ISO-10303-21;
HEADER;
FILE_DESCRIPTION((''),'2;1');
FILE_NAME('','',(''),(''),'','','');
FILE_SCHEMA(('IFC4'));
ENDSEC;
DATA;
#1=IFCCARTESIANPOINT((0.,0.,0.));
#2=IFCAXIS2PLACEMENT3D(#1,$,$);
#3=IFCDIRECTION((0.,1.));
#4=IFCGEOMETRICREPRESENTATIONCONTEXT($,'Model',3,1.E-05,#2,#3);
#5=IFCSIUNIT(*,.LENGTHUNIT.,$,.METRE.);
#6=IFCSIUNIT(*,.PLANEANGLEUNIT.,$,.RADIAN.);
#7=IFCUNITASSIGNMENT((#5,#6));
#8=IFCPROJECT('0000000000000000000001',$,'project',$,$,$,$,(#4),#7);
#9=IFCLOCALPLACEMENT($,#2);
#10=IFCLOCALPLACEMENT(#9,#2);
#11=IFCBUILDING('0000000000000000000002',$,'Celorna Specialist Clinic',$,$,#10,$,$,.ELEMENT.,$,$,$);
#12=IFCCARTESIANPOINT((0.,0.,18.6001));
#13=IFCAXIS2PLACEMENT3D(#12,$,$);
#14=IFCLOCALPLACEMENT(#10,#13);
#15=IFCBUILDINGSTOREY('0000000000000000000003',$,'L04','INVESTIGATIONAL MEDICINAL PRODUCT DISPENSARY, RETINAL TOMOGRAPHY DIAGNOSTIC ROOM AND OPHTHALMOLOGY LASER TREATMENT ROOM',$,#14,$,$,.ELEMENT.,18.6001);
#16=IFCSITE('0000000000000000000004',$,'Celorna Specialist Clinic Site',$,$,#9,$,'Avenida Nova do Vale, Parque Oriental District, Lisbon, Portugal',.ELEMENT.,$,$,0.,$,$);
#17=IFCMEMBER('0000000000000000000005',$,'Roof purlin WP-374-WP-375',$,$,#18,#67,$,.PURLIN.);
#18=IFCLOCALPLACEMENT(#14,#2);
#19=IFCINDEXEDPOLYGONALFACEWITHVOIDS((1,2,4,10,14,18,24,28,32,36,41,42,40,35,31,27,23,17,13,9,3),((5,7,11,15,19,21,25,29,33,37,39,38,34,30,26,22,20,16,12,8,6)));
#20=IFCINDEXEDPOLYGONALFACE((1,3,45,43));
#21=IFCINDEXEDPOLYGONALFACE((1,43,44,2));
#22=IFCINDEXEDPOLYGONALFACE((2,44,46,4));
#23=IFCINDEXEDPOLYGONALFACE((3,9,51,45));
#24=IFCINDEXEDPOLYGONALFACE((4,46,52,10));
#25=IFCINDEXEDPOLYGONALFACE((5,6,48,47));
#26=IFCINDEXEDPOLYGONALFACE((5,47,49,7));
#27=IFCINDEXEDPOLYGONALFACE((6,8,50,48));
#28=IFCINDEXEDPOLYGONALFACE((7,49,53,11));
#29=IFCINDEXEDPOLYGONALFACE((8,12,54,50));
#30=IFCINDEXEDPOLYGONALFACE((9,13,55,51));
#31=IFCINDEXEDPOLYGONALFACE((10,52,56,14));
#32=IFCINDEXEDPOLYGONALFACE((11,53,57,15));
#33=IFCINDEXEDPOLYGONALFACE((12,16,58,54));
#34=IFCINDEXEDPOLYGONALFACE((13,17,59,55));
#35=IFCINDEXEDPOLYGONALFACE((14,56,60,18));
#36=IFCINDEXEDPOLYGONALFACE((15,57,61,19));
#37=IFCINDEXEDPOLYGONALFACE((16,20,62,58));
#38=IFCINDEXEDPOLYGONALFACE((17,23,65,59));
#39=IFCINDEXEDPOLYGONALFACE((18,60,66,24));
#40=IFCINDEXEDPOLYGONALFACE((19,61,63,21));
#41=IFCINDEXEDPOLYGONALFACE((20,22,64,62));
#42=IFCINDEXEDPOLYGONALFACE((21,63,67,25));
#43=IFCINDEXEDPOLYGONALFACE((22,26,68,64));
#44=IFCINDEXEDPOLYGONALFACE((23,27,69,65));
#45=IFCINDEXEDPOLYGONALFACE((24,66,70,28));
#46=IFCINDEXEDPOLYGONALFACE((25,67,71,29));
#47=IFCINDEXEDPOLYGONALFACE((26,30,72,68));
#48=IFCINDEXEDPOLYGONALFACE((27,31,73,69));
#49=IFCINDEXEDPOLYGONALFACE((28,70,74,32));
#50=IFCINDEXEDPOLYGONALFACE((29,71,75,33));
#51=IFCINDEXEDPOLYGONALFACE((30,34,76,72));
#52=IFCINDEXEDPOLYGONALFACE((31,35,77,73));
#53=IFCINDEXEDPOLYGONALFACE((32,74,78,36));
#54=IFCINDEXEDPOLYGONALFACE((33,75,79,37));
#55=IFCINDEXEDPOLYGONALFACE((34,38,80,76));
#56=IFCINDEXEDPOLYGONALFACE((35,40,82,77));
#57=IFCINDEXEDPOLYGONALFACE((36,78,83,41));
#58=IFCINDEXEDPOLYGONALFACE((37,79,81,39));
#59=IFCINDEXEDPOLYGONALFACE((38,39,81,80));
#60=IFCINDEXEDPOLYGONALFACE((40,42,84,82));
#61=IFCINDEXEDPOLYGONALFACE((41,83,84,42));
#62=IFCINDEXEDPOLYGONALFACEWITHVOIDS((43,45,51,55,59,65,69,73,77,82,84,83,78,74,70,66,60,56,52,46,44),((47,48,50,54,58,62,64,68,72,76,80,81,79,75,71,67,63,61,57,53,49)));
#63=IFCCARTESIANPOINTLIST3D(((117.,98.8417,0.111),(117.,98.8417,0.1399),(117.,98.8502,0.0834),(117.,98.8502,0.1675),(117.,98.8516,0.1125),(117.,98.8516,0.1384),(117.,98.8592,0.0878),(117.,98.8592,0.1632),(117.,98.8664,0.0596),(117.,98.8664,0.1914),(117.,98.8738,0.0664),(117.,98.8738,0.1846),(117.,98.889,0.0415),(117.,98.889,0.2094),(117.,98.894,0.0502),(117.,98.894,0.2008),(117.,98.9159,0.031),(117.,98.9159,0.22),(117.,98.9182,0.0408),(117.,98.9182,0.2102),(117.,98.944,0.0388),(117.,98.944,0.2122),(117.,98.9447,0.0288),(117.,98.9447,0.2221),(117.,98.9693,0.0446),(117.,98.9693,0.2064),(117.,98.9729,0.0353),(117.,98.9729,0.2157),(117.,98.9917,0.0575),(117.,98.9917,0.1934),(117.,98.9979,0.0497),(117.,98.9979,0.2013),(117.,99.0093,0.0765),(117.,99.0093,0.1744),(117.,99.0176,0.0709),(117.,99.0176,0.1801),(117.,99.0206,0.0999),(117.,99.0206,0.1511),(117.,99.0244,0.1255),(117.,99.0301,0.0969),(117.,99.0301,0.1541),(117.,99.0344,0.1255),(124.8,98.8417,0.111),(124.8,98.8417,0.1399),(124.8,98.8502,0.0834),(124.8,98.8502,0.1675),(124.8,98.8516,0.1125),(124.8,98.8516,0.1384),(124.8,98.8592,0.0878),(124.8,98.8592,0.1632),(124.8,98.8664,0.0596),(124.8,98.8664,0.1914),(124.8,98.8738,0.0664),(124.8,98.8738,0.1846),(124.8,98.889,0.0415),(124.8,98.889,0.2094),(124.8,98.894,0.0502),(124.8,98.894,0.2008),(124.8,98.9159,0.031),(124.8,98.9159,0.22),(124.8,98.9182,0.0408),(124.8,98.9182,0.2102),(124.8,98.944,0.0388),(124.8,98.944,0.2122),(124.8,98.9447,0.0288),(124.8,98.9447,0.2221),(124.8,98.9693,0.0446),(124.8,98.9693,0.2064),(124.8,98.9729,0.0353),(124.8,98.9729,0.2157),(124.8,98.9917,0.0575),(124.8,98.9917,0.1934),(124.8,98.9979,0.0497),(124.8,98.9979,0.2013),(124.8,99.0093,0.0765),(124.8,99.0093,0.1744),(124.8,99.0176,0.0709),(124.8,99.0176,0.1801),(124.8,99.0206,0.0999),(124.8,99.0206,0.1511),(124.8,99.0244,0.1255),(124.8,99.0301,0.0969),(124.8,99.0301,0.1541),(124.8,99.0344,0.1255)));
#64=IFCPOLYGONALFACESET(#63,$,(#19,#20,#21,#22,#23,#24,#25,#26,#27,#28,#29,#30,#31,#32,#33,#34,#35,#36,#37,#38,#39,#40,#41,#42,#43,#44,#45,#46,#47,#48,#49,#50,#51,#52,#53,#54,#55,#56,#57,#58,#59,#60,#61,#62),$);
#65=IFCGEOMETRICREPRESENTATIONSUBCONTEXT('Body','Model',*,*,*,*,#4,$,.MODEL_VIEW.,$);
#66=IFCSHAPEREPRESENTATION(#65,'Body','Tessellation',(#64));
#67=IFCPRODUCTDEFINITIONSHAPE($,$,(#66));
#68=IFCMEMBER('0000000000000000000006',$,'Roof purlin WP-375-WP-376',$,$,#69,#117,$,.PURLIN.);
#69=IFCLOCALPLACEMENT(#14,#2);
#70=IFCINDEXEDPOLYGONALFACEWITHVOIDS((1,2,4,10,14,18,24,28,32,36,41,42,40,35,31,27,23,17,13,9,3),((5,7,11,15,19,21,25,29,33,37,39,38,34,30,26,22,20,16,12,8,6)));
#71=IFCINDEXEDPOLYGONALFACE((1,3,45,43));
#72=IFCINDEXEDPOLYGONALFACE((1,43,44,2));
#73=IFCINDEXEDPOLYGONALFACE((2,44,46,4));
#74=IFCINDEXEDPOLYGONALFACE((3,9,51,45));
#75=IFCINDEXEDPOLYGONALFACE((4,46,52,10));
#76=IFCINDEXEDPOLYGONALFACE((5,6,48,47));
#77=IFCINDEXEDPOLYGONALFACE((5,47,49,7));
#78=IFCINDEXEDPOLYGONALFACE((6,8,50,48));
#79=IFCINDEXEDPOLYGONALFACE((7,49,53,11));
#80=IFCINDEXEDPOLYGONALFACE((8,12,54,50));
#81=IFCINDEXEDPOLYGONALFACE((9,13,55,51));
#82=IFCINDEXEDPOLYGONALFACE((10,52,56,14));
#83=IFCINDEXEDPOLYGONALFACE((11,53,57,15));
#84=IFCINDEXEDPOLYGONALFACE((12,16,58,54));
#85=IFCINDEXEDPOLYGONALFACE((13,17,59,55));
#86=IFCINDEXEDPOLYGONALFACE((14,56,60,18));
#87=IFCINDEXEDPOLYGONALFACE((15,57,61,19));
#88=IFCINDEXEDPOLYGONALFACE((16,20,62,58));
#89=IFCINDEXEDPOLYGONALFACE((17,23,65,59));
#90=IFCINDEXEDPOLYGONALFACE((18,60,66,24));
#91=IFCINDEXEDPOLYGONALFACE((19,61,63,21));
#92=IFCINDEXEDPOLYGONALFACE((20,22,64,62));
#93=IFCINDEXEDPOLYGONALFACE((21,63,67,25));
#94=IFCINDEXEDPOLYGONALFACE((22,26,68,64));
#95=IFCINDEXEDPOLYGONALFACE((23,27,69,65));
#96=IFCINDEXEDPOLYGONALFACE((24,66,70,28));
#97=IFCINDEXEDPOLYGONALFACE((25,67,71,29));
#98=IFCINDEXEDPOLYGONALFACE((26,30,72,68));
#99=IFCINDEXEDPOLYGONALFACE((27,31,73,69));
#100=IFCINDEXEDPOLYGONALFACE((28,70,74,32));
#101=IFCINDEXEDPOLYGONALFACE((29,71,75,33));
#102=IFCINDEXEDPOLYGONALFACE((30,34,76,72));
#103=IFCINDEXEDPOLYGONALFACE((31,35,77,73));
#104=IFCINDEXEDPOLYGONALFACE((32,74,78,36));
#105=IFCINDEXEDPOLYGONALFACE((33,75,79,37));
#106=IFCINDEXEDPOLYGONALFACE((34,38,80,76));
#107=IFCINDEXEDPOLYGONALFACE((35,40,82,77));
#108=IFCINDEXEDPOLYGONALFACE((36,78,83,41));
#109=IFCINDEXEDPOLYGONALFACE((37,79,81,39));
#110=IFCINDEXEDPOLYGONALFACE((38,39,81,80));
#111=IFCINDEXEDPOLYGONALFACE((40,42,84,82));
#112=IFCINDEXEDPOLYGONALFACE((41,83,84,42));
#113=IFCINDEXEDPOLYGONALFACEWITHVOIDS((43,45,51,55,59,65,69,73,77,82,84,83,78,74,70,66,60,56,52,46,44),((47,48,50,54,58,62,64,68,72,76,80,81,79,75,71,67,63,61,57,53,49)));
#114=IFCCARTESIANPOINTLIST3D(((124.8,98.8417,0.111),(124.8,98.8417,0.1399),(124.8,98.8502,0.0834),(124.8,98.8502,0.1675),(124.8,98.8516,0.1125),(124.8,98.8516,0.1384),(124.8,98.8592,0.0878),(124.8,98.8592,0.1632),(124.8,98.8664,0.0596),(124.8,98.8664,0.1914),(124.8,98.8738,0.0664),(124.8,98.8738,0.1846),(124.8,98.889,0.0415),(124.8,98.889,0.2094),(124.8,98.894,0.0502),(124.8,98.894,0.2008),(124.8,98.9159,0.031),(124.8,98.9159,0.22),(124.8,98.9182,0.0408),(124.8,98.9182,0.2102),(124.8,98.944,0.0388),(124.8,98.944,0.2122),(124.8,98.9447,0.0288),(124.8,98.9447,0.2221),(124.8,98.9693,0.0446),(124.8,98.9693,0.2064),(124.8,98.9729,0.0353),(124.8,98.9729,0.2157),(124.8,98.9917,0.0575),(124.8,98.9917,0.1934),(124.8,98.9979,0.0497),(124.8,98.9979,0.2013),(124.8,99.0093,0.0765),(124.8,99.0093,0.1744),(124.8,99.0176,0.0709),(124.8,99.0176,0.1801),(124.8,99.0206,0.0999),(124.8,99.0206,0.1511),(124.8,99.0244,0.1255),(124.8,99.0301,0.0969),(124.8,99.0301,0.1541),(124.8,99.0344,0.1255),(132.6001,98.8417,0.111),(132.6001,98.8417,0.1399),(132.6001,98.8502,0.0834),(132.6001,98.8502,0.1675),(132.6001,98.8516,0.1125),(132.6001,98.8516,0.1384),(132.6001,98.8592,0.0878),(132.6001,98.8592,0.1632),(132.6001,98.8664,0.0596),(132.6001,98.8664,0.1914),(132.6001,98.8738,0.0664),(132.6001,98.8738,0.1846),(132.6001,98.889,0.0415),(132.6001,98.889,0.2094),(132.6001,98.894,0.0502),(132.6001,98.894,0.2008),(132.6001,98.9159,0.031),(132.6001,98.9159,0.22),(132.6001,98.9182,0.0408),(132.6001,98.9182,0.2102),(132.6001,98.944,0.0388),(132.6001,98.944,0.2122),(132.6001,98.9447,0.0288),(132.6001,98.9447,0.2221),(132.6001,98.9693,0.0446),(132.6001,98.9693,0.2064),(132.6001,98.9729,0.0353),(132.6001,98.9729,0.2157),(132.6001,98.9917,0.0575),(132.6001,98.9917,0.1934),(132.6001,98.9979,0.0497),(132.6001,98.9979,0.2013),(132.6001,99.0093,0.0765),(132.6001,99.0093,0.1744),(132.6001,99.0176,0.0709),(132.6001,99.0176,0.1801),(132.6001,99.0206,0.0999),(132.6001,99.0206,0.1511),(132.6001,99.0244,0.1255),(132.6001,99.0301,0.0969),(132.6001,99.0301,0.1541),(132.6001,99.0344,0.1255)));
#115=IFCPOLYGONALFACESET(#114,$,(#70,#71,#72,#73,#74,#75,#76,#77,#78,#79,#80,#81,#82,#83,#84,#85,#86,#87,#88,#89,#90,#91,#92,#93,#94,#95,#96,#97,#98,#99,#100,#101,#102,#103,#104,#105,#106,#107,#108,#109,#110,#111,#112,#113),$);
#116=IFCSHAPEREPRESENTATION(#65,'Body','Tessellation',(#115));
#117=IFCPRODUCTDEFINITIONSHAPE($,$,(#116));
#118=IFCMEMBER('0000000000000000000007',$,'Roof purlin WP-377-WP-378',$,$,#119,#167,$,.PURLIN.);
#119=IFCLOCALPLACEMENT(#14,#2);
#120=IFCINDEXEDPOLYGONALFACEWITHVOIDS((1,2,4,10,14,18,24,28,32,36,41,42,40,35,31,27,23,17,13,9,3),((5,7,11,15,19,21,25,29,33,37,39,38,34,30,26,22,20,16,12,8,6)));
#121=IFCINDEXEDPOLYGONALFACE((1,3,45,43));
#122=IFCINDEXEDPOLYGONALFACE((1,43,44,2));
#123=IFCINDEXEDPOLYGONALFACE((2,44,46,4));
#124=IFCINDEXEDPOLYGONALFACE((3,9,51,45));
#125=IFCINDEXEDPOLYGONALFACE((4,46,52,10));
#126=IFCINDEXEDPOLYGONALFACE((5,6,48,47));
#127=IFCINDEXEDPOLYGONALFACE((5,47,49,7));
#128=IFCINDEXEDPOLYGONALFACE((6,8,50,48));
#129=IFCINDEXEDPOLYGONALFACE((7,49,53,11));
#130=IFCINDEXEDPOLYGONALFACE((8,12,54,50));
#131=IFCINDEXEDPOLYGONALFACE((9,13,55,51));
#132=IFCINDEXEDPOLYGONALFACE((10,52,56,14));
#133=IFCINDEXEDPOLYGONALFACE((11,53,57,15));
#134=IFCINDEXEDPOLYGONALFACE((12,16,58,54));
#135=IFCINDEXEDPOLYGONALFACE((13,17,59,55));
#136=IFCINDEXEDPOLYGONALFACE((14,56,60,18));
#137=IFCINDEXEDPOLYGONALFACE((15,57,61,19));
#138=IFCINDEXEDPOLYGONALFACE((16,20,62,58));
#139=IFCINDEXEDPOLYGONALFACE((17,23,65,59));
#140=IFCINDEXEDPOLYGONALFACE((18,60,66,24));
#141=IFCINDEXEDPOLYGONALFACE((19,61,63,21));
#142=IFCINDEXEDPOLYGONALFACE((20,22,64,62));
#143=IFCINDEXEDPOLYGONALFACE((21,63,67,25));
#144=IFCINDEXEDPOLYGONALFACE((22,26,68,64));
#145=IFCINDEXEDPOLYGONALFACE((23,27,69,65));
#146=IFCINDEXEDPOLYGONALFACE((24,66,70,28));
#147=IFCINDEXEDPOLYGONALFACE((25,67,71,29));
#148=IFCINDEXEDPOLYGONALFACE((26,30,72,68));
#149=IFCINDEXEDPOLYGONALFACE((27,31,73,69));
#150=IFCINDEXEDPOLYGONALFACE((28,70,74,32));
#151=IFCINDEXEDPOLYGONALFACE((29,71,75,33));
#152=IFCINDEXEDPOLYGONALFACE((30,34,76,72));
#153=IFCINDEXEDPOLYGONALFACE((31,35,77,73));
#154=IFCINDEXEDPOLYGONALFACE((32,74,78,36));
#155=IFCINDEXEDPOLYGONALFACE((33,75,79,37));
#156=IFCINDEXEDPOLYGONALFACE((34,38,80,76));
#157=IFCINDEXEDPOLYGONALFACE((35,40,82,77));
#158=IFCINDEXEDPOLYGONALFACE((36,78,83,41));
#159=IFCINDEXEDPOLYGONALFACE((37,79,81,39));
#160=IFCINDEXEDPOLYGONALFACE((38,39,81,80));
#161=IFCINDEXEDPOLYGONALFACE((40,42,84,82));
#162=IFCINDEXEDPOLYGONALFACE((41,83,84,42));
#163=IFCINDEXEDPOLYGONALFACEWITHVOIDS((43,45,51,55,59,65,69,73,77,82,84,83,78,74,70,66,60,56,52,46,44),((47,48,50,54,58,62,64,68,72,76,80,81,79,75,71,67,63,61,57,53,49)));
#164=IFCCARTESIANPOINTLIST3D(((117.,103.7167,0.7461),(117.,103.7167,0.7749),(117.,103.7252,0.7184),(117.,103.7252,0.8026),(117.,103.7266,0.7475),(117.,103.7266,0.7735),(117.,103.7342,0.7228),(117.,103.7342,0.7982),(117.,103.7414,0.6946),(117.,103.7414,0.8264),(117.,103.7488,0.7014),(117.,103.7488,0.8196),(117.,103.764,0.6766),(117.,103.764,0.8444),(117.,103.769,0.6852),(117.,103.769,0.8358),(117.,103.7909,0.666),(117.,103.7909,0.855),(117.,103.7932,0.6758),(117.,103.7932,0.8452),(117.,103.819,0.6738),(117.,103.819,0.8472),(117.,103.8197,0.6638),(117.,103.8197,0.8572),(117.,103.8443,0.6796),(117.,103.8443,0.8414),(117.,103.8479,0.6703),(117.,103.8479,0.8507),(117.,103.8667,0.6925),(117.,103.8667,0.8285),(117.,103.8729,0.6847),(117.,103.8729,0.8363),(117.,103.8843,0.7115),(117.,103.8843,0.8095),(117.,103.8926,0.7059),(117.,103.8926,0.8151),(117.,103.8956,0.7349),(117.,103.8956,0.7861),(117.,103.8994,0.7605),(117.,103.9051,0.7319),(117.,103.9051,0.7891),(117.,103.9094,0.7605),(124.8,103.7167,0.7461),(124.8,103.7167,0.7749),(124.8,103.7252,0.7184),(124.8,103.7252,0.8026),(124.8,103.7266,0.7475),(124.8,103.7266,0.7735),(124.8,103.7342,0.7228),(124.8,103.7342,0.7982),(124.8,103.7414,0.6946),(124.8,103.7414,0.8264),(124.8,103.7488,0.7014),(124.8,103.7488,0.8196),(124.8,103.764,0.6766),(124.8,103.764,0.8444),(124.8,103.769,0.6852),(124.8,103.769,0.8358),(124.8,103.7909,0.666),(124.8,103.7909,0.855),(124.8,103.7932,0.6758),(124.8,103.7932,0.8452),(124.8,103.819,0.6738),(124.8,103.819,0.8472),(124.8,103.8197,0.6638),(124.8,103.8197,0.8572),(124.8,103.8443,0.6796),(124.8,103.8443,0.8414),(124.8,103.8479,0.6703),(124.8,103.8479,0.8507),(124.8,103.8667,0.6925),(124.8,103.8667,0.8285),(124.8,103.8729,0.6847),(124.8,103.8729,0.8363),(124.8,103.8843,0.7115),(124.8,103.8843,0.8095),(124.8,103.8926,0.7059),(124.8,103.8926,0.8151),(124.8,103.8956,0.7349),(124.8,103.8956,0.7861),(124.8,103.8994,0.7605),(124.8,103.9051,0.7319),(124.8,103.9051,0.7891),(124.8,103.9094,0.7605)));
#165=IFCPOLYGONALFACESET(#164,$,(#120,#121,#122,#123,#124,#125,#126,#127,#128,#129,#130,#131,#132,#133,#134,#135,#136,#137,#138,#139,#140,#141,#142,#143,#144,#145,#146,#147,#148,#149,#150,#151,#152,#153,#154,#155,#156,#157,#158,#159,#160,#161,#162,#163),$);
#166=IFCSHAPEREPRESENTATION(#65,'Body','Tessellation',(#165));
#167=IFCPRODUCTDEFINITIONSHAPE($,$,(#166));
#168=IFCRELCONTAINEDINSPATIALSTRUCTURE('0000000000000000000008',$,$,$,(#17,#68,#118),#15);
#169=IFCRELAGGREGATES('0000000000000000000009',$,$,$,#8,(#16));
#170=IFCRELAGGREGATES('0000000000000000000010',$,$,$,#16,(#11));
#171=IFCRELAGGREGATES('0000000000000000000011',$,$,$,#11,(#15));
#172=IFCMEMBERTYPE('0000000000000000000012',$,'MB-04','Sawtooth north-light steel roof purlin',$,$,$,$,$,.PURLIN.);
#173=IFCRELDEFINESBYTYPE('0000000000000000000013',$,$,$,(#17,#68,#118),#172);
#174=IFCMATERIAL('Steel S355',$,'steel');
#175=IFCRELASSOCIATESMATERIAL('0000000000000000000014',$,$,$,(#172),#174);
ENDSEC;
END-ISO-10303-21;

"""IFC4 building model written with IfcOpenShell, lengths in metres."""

from ifc_helpers import new_model, si_unit, direction, frame, origin, origin_2d, place, context, subcontext, project, spatial, hollow_circle, extrude, material, material_profile, profile_set, type_object, element, save


model = new_model("IFC4")

# Units and contexts
model_context = context("Model", 3, precision=1e-05, world=origin(), true_north=direction((0.0, 1.0)))
body_context = subcontext(model_context, "Body", "Model", "MODEL_VIEW")
ifc_project = project(units=[si_unit("LENGTHUNIT", "METRE"), si_unit("PLANEANGLEUNIT", "RADIAN")], contexts=[model_context])

# Site, building, storey
site_placement = place(None, origin())
site = spatial("IfcSite", under=ifc_project, at=site_placement, Name="Celorna Specialist Clinic Site", LongName="Avenida Nova do Vale, Parque Oriental District, Lisbon, Portugal", CompositionType="ELEMENT", RefElevation=0.0)
building_placement = place(site_placement, origin())
building = spatial("IfcBuilding", under=site, at=building_placement, Name="Celorna Specialist Clinic", CompositionType="ELEMENT")
storey_placement = place(building_placement, frame((0.0, 0.0, 18.6001)))
storey = spatial("IfcBuildingStorey", under=building, at=storey_placement, Name="L04", Description="INVESTIGATIONAL MEDICINAL PRODUCT DISPENSARY, RETINAL TOMOGRAPHY DIAGNOSTIC ROOM AND OPHTHALMOLOGY LASER TREATMENT ROOM", CompositionType="ELEMENT", Elevation=18.6001)

# Shared definitions
ifc_material_1 = material(Name="Steel S355", Category="steel")

# Members
ifc_material_profile_1 = material_profile(ifc_material_1, hollow_circle(Radius=0.0969, WallThickness=0.01, at=origin_2d()), Name="CHS 193.7x10")
ifc_profile_set_1 = profile_set([ifc_material_profile_1], Name="Steel S355")
member_type_1 = type_object("IfcMemberType", Name="MB-04", Description="Sawtooth north-light steel roof purlin", PredefinedType="PURLIN", material=ifc_profile_set_1)
for number, where, z_axis, x_axis, name in (
    (1, (117.0, 98.9375, 0.1255), (1.0, 0.0, 0.0), (0.0, 1.0, 0.0), "Roof purlin WP-374-WP-375"),
    (2, (124.8, 98.9375, 0.1255), (1.0, 0.0, 0.0), (0.0, 1.0, 0.0), "Roof purlin WP-375-WP-376"),
    (3, (117.0, 103.8125, 0.7605), (1.0, 0.0, 0.0), (0.0, 1.0, 0.0), "Roof purlin WP-377-WP-378"),
):
    element("IfcMember", number, at=place(storey_placement, frame(where, z_axis=z_axis, x_axis=x_axis)), inside=storey, type_object=member_type_1, Name=name, PredefinedType="PURLIN", context=body_context, shape_type="SweptSolid", body=[
        extrude(hollow_circle(Radius=0.0969, WallThickness=0.01, at=origin_2d()), origin(), (0.0, 0.0, 1.0), 7.8),
    ])

save(model, "model.ifc")
